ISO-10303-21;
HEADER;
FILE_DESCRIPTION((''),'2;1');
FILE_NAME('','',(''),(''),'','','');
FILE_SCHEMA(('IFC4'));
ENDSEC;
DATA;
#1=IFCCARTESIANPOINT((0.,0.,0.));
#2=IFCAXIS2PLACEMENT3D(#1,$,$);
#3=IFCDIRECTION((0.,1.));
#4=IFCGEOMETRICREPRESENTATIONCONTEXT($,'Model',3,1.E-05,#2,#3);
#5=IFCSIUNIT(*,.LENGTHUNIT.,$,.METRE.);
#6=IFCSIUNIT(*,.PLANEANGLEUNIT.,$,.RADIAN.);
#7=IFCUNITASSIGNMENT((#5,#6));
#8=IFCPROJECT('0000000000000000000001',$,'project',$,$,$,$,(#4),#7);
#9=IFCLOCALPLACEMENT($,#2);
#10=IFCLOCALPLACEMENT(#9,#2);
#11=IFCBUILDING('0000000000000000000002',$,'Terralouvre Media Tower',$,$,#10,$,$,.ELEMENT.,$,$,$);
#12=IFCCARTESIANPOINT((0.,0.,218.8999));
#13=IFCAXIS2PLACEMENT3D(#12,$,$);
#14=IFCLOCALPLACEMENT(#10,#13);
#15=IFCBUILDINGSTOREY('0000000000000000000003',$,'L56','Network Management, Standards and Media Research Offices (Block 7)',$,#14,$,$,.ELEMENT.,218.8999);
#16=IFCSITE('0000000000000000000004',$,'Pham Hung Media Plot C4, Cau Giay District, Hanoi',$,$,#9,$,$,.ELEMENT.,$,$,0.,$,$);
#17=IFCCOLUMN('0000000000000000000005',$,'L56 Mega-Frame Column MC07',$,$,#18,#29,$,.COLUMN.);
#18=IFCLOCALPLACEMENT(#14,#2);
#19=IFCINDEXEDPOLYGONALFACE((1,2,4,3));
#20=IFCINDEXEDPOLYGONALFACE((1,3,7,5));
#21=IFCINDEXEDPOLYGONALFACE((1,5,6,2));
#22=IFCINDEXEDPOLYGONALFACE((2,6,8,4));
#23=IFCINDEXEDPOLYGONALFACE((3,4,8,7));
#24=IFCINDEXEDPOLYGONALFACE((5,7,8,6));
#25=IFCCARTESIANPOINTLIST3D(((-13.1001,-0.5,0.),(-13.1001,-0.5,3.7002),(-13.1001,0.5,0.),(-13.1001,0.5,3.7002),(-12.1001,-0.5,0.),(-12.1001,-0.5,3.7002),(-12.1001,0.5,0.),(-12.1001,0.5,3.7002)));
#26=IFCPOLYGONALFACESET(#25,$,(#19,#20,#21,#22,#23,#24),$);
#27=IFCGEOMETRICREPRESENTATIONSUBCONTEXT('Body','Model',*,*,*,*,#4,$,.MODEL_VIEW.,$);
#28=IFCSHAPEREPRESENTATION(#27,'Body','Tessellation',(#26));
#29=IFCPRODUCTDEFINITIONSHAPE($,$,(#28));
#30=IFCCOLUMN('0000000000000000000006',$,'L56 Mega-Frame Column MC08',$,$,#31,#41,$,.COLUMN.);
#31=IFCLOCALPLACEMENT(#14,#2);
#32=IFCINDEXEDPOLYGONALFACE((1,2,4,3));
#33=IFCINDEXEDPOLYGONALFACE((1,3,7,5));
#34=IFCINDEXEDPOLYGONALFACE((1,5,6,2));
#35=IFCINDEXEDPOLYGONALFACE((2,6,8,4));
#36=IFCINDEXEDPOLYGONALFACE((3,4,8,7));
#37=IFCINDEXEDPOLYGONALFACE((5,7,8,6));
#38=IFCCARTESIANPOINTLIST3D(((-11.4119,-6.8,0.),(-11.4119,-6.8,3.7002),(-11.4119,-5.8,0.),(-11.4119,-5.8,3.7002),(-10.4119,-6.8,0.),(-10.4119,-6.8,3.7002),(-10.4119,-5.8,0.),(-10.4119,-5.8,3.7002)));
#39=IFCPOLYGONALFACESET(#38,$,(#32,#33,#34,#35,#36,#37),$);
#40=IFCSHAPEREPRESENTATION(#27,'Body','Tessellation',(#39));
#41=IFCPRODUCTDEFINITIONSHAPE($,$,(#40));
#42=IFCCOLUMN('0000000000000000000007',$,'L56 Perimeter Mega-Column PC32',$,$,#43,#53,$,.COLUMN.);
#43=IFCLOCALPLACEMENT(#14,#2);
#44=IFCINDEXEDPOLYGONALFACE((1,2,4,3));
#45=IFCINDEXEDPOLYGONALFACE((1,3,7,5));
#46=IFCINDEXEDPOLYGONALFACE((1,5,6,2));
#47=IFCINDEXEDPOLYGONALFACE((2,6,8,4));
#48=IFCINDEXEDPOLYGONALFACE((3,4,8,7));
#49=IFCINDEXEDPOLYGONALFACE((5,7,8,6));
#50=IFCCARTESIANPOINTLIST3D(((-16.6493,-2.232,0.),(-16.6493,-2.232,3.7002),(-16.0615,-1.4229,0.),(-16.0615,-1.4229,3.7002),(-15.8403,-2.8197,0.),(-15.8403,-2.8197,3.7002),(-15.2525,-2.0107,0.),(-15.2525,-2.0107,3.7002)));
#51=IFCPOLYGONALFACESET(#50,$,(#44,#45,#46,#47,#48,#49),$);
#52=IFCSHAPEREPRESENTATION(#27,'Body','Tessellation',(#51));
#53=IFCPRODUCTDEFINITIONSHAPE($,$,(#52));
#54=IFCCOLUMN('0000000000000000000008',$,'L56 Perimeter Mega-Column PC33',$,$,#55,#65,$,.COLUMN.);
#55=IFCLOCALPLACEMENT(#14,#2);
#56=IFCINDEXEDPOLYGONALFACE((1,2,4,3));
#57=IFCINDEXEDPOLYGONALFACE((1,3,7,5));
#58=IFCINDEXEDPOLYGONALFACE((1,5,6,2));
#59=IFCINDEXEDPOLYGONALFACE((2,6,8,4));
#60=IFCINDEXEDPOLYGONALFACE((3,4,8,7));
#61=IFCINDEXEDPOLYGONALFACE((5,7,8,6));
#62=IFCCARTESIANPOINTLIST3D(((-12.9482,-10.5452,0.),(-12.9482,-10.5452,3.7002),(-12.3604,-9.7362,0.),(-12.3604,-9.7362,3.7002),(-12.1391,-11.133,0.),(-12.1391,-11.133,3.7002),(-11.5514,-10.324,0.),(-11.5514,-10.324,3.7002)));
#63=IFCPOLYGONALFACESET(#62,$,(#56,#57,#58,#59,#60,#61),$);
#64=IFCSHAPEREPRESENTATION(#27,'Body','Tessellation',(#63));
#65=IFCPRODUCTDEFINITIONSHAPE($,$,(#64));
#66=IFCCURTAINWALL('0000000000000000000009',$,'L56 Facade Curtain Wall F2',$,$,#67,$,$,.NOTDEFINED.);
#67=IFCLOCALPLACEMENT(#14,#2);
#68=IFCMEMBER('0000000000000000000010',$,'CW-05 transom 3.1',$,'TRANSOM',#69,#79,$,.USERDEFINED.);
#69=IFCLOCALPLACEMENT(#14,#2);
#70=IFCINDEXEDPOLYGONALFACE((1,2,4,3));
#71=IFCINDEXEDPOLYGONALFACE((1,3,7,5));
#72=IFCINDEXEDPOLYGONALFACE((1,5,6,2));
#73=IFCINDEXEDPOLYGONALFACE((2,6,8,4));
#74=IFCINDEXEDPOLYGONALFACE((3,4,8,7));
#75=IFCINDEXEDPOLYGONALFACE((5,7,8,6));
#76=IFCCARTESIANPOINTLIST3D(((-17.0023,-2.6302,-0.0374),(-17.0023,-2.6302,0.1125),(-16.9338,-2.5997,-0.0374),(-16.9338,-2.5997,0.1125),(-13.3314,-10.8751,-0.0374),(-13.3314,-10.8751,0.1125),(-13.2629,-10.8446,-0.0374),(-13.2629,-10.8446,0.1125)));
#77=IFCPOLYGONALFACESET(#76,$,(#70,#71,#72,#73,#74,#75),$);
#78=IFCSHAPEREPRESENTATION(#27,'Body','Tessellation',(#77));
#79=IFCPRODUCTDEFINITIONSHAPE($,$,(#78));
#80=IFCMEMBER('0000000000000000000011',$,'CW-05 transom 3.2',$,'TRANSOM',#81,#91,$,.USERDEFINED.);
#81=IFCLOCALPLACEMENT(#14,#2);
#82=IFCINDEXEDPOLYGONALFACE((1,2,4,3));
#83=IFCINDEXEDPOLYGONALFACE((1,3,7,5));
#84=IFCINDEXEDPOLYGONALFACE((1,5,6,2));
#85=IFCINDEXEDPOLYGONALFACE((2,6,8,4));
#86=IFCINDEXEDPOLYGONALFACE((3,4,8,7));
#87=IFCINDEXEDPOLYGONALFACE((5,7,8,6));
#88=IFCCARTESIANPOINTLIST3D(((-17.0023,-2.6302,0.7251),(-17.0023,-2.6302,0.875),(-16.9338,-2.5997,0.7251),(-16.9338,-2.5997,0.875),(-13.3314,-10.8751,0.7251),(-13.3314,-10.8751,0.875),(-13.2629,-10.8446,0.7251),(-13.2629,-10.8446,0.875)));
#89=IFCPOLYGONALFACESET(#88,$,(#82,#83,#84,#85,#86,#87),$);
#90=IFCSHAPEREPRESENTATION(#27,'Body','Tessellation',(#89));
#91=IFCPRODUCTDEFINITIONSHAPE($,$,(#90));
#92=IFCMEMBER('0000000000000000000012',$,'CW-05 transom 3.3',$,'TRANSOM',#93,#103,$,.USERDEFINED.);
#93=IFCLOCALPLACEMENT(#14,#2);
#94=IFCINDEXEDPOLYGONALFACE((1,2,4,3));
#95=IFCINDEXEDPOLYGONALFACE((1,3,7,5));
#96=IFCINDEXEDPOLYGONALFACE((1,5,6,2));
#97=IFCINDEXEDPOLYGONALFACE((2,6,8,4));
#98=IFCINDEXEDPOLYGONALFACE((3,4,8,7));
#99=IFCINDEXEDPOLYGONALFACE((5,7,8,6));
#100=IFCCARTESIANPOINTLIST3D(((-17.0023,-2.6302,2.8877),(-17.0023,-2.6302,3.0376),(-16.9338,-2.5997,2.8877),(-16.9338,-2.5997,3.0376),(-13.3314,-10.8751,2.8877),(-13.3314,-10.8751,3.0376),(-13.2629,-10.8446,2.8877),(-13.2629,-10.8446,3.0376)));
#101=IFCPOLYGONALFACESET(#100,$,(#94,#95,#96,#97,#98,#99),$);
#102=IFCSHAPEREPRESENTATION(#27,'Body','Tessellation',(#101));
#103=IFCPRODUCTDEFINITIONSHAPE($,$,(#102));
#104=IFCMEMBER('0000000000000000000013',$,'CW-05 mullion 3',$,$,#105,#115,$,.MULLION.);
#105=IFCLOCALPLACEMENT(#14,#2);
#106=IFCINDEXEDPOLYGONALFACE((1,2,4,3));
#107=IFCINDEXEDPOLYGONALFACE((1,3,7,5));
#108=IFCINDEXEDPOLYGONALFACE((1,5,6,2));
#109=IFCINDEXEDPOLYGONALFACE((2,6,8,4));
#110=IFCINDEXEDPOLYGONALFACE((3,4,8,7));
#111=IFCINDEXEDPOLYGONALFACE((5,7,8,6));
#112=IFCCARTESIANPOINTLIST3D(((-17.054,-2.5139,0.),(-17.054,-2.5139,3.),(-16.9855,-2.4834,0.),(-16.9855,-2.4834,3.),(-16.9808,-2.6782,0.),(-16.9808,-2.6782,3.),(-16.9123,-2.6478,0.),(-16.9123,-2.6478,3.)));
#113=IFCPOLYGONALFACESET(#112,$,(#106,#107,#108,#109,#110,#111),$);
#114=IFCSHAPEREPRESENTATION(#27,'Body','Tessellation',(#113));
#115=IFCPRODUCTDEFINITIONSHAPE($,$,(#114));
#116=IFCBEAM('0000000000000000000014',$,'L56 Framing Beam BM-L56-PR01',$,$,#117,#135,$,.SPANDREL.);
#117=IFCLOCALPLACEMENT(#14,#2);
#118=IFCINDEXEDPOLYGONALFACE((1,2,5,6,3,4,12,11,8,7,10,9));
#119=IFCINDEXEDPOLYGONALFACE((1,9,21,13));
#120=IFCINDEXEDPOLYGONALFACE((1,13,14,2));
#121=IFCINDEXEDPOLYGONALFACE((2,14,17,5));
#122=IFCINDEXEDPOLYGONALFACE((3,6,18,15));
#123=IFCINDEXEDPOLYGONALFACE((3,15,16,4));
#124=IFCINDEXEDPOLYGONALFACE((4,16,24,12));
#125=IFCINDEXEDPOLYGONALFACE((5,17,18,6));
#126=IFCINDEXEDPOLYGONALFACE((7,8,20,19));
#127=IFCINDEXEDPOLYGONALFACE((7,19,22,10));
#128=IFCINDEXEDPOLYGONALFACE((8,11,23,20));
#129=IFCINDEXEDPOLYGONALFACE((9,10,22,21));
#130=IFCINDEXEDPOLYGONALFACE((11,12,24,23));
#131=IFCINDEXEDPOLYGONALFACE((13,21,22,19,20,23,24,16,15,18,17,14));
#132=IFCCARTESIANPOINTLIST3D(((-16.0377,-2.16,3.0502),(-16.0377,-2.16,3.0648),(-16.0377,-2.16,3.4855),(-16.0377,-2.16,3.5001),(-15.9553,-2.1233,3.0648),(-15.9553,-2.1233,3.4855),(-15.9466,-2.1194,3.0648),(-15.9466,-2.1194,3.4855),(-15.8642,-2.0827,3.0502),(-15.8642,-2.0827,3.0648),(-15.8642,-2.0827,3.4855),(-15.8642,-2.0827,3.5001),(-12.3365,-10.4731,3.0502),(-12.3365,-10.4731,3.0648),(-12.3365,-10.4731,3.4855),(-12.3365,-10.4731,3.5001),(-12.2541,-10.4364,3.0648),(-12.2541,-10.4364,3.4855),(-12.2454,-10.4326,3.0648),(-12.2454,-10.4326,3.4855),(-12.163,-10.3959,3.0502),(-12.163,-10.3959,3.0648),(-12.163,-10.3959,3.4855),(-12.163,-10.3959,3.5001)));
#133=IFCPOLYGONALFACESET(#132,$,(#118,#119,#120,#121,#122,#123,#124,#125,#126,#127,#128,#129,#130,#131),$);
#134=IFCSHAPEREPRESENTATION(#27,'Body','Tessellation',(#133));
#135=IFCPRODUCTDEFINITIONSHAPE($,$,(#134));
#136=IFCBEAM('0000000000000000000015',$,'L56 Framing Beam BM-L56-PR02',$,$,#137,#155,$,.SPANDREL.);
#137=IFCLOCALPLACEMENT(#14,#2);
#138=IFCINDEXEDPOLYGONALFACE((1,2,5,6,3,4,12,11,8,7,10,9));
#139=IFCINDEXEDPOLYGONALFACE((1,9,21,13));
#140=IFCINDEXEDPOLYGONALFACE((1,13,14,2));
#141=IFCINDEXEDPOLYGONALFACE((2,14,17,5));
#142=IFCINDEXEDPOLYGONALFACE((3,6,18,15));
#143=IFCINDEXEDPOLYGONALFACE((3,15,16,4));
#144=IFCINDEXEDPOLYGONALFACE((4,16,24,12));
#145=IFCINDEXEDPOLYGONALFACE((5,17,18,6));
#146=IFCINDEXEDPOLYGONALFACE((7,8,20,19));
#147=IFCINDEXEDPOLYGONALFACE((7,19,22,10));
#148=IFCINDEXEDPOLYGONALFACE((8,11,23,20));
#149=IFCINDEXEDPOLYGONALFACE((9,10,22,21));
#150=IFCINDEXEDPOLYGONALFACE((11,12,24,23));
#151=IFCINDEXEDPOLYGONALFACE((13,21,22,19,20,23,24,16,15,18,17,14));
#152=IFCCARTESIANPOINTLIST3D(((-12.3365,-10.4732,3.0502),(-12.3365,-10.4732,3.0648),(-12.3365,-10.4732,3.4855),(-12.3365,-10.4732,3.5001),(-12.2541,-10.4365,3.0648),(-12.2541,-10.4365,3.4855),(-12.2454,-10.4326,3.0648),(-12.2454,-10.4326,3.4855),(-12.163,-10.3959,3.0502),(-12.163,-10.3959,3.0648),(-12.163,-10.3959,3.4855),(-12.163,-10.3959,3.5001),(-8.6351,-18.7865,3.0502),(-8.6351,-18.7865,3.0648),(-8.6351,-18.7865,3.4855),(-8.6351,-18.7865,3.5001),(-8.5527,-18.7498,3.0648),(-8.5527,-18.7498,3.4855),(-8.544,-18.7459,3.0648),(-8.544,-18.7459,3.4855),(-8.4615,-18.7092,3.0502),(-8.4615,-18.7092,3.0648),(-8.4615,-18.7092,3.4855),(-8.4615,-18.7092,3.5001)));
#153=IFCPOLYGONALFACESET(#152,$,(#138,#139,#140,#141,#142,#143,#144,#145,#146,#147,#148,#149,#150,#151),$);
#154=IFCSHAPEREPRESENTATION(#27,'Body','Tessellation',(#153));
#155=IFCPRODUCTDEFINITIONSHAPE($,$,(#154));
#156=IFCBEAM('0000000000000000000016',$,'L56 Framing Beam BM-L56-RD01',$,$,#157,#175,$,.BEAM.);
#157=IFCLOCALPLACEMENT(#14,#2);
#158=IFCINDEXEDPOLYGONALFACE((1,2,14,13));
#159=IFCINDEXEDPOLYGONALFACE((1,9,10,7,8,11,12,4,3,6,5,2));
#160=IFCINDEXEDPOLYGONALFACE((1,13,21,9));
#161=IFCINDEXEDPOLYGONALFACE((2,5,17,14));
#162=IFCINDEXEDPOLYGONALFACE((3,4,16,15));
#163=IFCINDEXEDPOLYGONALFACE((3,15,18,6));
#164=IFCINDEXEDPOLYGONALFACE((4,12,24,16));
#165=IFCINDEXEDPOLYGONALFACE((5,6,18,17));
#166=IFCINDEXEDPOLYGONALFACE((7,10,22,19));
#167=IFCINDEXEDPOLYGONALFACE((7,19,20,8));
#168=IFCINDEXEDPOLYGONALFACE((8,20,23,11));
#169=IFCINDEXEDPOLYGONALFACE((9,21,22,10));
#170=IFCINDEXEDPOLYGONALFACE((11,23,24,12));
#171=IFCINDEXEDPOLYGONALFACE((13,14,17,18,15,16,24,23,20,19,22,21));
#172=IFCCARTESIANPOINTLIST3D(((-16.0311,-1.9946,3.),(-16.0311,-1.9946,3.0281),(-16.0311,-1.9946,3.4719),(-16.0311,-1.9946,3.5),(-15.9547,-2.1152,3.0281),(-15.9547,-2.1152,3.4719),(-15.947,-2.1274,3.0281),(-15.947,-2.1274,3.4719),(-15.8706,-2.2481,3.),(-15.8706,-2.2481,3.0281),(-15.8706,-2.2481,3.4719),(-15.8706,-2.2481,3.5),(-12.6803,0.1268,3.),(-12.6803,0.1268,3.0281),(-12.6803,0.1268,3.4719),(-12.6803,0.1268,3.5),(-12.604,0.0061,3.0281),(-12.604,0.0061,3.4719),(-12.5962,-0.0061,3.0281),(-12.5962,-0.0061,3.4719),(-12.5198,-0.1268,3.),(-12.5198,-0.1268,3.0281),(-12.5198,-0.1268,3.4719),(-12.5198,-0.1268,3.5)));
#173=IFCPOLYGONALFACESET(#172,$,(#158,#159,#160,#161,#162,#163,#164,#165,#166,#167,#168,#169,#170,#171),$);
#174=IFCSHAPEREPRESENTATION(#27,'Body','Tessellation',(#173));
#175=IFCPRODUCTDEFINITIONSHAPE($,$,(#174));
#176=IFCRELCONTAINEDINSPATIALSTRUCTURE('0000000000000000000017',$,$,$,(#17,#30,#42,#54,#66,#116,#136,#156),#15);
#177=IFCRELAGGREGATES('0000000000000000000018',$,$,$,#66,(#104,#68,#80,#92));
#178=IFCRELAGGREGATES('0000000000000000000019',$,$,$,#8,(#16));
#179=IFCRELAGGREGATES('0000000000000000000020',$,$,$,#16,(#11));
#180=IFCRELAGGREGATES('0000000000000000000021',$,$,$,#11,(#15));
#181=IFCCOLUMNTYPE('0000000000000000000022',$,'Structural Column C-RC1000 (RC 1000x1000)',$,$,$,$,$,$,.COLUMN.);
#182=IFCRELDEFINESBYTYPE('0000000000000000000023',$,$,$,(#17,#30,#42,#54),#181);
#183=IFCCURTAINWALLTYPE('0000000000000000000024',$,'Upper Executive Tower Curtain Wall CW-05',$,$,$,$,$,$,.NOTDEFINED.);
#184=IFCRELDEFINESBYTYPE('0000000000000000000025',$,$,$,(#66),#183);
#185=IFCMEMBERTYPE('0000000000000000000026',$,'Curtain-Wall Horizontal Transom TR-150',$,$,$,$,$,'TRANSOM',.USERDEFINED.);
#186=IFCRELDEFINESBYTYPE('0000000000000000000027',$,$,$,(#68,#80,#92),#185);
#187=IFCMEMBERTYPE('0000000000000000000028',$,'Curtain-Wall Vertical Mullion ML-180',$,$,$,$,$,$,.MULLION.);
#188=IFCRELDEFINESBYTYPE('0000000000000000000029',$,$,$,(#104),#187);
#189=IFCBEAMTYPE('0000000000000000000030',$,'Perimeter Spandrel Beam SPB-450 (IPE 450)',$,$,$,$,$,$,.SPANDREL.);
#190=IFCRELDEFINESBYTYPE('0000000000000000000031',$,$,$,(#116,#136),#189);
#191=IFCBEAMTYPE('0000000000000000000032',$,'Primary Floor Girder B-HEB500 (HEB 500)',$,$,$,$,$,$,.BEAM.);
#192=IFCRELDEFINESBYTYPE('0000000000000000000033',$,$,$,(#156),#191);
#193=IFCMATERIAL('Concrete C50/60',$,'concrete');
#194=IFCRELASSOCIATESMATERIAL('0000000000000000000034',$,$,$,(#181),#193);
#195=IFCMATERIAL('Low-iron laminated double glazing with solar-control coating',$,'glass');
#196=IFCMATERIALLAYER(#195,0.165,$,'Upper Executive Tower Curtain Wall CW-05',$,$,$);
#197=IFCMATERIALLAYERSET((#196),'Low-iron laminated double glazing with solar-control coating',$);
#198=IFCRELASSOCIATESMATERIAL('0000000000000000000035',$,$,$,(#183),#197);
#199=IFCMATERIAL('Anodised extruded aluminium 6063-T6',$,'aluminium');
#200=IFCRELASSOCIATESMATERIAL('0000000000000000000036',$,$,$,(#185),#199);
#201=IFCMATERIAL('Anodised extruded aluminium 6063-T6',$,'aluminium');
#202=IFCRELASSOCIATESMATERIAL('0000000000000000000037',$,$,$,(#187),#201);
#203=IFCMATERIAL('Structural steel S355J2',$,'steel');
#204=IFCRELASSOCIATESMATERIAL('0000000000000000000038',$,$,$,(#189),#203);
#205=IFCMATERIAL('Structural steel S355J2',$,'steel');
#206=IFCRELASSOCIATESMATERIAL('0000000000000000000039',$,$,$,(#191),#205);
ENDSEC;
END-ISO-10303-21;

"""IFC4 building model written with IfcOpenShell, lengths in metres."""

from ifc_helpers import new_model, si_unit, direction, frame, origin, origin_2d, place, context, subcontext, project, spatial, rectangle, i_section, extrude, material, layer, layer_set, material_profile, profile_set, type_object, element, aggregate, save


model = new_model("IFC4")

# Units and contexts
model_context = context("Model", 3, precision=1e-05, world=origin(), true_north=direction((0.0, 1.0)))
body_context = subcontext(model_context, "Body", "Model", "MODEL_VIEW")
ifc_project = project(units=[si_unit("LENGTHUNIT", "METRE"), si_unit("PLANEANGLEUNIT", "RADIAN")], contexts=[model_context])

# Site, building, storey
site_placement = place(None, origin())
site = spatial("IfcSite", under=ifc_project, at=site_placement, Name="Pham Hung Media Plot C4, Cau Giay District, Hanoi", CompositionType="ELEMENT", RefElevation=0.0)
building_placement = place(site_placement, origin())
building = spatial("IfcBuilding", under=site, at=building_placement, Name="Terralouvre Media Tower", CompositionType="ELEMENT")
storey_placement = place(building_placement, frame((0.0, 0.0, 218.8999)))
storey = spatial("IfcBuildingStorey", under=building, at=storey_placement, Name="L56", Description="Network Management, Standards and Media Research Offices (Block 7)", CompositionType="ELEMENT", Elevation=218.8999)

# Columns
ifc_material_1 = material(Name="Concrete C50/60", Category="concrete")
ifc_material_profile_1 = material_profile(ifc_material_1, rectangle(XDim=1.0, YDim=1.0, at=origin_2d()), Name="RC 1000x1000")
ifc_profile_set_1 = profile_set([ifc_material_profile_1], Name="Concrete C50/60")
column_type = type_object("IfcColumnType", Name="Structural Column C-RC1000 (RC 1000x1000)", PredefinedType="COLUMN", material=ifc_profile_set_1)
for number, where, z_axis, x_axis, name in (
    (1, (-12.6001, 0.0, 0.0), (0.0, 0.0, 1.0), (1.0, 0.0, 0.0), "L56 Mega-Frame Column MC07"),
    (2, (-10.9119, -6.3, 0.0), (0.0, 0.0, 1.0), (1.0, 0.0, 0.0), "L56 Mega-Frame Column MC08"),
    (3, (-15.9509, -2.1213, 0.0), (0.0, 0.0, 1.0), (0.587785, 0.809017, 0.0), "L56 Perimeter Mega-Column PC32"),
    (4, (-12.2498, -10.4346, 0.0), (0.0, 0.0, 1.0), (0.587785, 0.809017, 0.0), "L56 Perimeter Mega-Column PC33"),
):
    element("IfcColumn", number, at=place(storey_placement, frame(where, z_axis=z_axis, x_axis=x_axis)), inside=storey, type_object=column_type, Name=name, PredefinedType="COLUMN", context=body_context, shape_type="SweptSolid", body=[
        extrude(rectangle(XDim=1.0, YDim=1.0, at=origin_2d()), origin(), (0.0, 0.0, 1.0), 3.7002),
    ])

# Curtain wall, members
ifc_material_2 = material(Name="Low-iron laminated double glazing with solar-control coating", Category="glass")
ifc_layer_1 = layer(ifc_material_2, 0.165, Name="Upper Executive Tower Curtain Wall CW-05")
ifc_layer_set_1 = layer_set([ifc_layer_1], Name="Low-iron laminated double glazing with solar-control coating")
curtain_wall_type = type_object("IfcCurtainWallType", Name="Upper Executive Tower Curtain Wall CW-05", PredefinedType="NOTDEFINED", material=ifc_layer_set_1)
curtain_wall_placement = place(storey_placement, origin())
curtain_wall = element("IfcCurtainWall", 5, at=curtain_wall_placement, inside=storey, type_object=curtain_wall_type, Name="L56 Facade Curtain Wall F2", PredefinedType="NOTDEFINED")
ifc_material_3 = material(Name="Anodised extruded aluminium 6063-T6", Category="aluminium")
ifc_material_profile_2 = material_profile(ifc_material_3, rectangle(XDim=0.075, YDim=0.1499, at=origin_2d()), Name="ALU 75x150")
ifc_profile_set_2 = profile_set([ifc_material_profile_2], Name="Anodised extruded aluminium 6063-T6")
member_type_1 = type_object("IfcMemberType", Name="Curtain-Wall Horizontal Transom TR-150", ElementType="TRANSOM", PredefinedType="USERDEFINED", material=ifc_profile_set_2)
member_1_placement = place(storey_placement, frame((-16.968, -2.615, 0.0376), z_axis=(0.406741, -0.913544, 0.0), x_axis=(0.913544, 0.406741, 0.0)))
member_1 = element("IfcMember", 6, at=member_1_placement, type_object=member_type_1, Name="CW-05 transom 3.1", ObjectType="TRANSOM", PredefinedType="USERDEFINED", context=body_context, shape_type="SweptSolid", body=[
    extrude(rectangle(XDim=0.075, YDim=0.1499, at=origin_2d()), origin(), (0.0, 0.0, 1.0), 9.0251),
])
member_2_placement = place(storey_placement, frame((-16.968, -2.615, 0.8), z_axis=(0.406741, -0.913544, 0.0), x_axis=(0.913544, 0.406741, 0.0)))
member_2 = element("IfcMember", 7, at=member_2_placement, type_object=member_type_1, Name="CW-05 transom 3.2", ObjectType="TRANSOM", PredefinedType="USERDEFINED", context=body_context, shape_type="SweptSolid", body=[
    extrude(rectangle(XDim=0.075, YDim=0.1499, at=origin_2d()), origin(), (0.0, 0.0, 1.0), 9.0251),
])
member_3_placement = place(storey_placement, frame((-16.968, -2.615, 2.9626), z_axis=(0.406741, -0.913544, 0.0), x_axis=(0.913544, 0.406741, 0.0)))
member_3 = element("IfcMember", 8, at=member_3_placement, type_object=member_type_1, Name="CW-05 transom 3.3", ObjectType="TRANSOM", PredefinedType="USERDEFINED", context=body_context, shape_type="SweptSolid", body=[
    extrude(rectangle(XDim=0.075, YDim=0.1499, at=origin_2d()), origin(), (0.0, 0.0, 1.0), 9.0251),
])
ifc_material_4 = material(Name="Anodised extruded aluminium 6063-T6", Category="aluminium")
ifc_material_profile_3 = material_profile(ifc_material_4, rectangle(XDim=0.075, YDim=0.1799, at=origin_2d()), Name="ALU 75x180")
ifc_profile_set_3 = profile_set([ifc_material_profile_3], Name="Anodised extruded aluminium 6063-T6")
member_type_2 = type_object("IfcMemberType", Name="Curtain-Wall Vertical Mullion ML-180", PredefinedType="MULLION", material=ifc_profile_set_3)
member_4_placement = place(storey_placement, frame((-16.9832, -2.5808, 0.0), z_axis=(0.0, 0.0, 1.0), x_axis=(0.913545, 0.406737, 0.0)))
member_4 = element("IfcMember", 9, at=member_4_placement, type_object=member_type_2, Name="CW-05 mullion 3", PredefinedType="MULLION", context=body_context, shape_type="SweptSolid", body=[
    extrude(rectangle(XDim=0.075, YDim=0.1799, at=origin_2d()), origin(), (0.0, 0.0, 1.0), 3.0),
])

# Beams
ifc_material_5 = material(Name="Structural steel S355J2", Category="steel")
ifc_material_profile_4 = material_profile(ifc_material_5, i_section(OverallWidth=0.1899, OverallDepth=0.45, WebThickness=0.0095, FlangeThickness=0.0146, at=origin_2d()), Name="IPE 450")
ifc_profile_set_4 = profile_set([ifc_material_profile_4], Name="Structural steel S355J2")
beam_type_1 = type_object("IfcBeamType", Name="Perimeter Spandrel Beam SPB-450 (IPE 450)", PredefinedType="SPANDREL", material=ifc_profile_set_4)
beam_1_placement = place(storey_placement, frame((-15.9509, -2.1213, 3.2751), z_axis=(0.406726, -0.91355, 0.0), x_axis=(0.91355, 0.406726, 0.0)))
element("IfcBeam", 10, at=beam_1_placement, inside=storey, type_object=beam_type_1, Name="L56 Framing Beam BM-L56-PR01", PredefinedType="SPANDREL", context=body_context, shape_type="SweptSolid", body=[
    extrude(i_section(OverallWidth=0.1899, OverallDepth=0.45, WebThickness=0.0095, FlangeThickness=0.0146, at=origin_2d()), origin(), (0.0, 0.0, 1.0), 9.0999),
])
beam_2_placement = place(storey_placement, frame((-12.2498, -10.4346, 3.2751), z_axis=(0.406748, -0.91354, 0.0), x_axis=(0.91354, 0.406748, 0.0)))
element("IfcBeam", 11, at=beam_2_placement, inside=storey, type_object=beam_type_1, Name="L56 Framing Beam BM-L56-PR02", PredefinedType="SPANDREL", context=body_context, shape_type="SweptSolid", body=[
    extrude(i_section(OverallWidth=0.1899, OverallDepth=0.45, WebThickness=0.0095, FlangeThickness=0.0146, at=origin_2d()), origin(), (0.0, 0.0, 1.0), 9.1001),
])
ifc_material_6 = material(Name="Structural steel S355J2", Category="steel")
ifc_material_profile_5 = material_profile(ifc_material_6, i_section(OverallWidth=0.3, OverallDepth=0.5, WebThickness=0.0144, FlangeThickness=0.0281, at=origin_2d()), Name="HEB 500")
ifc_profile_set_5 = profile_set([ifc_material_profile_5], Name="Structural steel S355J2")
beam_type_2 = type_object("IfcBeamType", Name="Primary Floor Girder B-HEB500 (HEB 500)", PredefinedType="BEAM", material=ifc_profile_set_5)
beam_3_placement = place(storey_placement, frame((-12.6001, 0.0, 3.25), z_axis=(-0.844916, -0.534898, 0.0), x_axis=(0.534898, -0.844916, 0.0)))
element("IfcBeam", 12, at=beam_3_placement, inside=storey, type_object=beam_type_2, Name="L56 Framing Beam BM-L56-RD01", PredefinedType="BEAM", context=body_context, shape_type="SweptSolid", body=[
    extrude(i_section(OverallWidth=0.3, OverallDepth=0.5, WebThickness=0.0144, FlangeThickness=0.0281, at=origin_2d()), origin(), (0.0, 0.0, 1.0), 3.9658),
])

aggregate(curtain_wall, [member_4, member_1, member_2, member_3])

save(model, "model.ifc")
